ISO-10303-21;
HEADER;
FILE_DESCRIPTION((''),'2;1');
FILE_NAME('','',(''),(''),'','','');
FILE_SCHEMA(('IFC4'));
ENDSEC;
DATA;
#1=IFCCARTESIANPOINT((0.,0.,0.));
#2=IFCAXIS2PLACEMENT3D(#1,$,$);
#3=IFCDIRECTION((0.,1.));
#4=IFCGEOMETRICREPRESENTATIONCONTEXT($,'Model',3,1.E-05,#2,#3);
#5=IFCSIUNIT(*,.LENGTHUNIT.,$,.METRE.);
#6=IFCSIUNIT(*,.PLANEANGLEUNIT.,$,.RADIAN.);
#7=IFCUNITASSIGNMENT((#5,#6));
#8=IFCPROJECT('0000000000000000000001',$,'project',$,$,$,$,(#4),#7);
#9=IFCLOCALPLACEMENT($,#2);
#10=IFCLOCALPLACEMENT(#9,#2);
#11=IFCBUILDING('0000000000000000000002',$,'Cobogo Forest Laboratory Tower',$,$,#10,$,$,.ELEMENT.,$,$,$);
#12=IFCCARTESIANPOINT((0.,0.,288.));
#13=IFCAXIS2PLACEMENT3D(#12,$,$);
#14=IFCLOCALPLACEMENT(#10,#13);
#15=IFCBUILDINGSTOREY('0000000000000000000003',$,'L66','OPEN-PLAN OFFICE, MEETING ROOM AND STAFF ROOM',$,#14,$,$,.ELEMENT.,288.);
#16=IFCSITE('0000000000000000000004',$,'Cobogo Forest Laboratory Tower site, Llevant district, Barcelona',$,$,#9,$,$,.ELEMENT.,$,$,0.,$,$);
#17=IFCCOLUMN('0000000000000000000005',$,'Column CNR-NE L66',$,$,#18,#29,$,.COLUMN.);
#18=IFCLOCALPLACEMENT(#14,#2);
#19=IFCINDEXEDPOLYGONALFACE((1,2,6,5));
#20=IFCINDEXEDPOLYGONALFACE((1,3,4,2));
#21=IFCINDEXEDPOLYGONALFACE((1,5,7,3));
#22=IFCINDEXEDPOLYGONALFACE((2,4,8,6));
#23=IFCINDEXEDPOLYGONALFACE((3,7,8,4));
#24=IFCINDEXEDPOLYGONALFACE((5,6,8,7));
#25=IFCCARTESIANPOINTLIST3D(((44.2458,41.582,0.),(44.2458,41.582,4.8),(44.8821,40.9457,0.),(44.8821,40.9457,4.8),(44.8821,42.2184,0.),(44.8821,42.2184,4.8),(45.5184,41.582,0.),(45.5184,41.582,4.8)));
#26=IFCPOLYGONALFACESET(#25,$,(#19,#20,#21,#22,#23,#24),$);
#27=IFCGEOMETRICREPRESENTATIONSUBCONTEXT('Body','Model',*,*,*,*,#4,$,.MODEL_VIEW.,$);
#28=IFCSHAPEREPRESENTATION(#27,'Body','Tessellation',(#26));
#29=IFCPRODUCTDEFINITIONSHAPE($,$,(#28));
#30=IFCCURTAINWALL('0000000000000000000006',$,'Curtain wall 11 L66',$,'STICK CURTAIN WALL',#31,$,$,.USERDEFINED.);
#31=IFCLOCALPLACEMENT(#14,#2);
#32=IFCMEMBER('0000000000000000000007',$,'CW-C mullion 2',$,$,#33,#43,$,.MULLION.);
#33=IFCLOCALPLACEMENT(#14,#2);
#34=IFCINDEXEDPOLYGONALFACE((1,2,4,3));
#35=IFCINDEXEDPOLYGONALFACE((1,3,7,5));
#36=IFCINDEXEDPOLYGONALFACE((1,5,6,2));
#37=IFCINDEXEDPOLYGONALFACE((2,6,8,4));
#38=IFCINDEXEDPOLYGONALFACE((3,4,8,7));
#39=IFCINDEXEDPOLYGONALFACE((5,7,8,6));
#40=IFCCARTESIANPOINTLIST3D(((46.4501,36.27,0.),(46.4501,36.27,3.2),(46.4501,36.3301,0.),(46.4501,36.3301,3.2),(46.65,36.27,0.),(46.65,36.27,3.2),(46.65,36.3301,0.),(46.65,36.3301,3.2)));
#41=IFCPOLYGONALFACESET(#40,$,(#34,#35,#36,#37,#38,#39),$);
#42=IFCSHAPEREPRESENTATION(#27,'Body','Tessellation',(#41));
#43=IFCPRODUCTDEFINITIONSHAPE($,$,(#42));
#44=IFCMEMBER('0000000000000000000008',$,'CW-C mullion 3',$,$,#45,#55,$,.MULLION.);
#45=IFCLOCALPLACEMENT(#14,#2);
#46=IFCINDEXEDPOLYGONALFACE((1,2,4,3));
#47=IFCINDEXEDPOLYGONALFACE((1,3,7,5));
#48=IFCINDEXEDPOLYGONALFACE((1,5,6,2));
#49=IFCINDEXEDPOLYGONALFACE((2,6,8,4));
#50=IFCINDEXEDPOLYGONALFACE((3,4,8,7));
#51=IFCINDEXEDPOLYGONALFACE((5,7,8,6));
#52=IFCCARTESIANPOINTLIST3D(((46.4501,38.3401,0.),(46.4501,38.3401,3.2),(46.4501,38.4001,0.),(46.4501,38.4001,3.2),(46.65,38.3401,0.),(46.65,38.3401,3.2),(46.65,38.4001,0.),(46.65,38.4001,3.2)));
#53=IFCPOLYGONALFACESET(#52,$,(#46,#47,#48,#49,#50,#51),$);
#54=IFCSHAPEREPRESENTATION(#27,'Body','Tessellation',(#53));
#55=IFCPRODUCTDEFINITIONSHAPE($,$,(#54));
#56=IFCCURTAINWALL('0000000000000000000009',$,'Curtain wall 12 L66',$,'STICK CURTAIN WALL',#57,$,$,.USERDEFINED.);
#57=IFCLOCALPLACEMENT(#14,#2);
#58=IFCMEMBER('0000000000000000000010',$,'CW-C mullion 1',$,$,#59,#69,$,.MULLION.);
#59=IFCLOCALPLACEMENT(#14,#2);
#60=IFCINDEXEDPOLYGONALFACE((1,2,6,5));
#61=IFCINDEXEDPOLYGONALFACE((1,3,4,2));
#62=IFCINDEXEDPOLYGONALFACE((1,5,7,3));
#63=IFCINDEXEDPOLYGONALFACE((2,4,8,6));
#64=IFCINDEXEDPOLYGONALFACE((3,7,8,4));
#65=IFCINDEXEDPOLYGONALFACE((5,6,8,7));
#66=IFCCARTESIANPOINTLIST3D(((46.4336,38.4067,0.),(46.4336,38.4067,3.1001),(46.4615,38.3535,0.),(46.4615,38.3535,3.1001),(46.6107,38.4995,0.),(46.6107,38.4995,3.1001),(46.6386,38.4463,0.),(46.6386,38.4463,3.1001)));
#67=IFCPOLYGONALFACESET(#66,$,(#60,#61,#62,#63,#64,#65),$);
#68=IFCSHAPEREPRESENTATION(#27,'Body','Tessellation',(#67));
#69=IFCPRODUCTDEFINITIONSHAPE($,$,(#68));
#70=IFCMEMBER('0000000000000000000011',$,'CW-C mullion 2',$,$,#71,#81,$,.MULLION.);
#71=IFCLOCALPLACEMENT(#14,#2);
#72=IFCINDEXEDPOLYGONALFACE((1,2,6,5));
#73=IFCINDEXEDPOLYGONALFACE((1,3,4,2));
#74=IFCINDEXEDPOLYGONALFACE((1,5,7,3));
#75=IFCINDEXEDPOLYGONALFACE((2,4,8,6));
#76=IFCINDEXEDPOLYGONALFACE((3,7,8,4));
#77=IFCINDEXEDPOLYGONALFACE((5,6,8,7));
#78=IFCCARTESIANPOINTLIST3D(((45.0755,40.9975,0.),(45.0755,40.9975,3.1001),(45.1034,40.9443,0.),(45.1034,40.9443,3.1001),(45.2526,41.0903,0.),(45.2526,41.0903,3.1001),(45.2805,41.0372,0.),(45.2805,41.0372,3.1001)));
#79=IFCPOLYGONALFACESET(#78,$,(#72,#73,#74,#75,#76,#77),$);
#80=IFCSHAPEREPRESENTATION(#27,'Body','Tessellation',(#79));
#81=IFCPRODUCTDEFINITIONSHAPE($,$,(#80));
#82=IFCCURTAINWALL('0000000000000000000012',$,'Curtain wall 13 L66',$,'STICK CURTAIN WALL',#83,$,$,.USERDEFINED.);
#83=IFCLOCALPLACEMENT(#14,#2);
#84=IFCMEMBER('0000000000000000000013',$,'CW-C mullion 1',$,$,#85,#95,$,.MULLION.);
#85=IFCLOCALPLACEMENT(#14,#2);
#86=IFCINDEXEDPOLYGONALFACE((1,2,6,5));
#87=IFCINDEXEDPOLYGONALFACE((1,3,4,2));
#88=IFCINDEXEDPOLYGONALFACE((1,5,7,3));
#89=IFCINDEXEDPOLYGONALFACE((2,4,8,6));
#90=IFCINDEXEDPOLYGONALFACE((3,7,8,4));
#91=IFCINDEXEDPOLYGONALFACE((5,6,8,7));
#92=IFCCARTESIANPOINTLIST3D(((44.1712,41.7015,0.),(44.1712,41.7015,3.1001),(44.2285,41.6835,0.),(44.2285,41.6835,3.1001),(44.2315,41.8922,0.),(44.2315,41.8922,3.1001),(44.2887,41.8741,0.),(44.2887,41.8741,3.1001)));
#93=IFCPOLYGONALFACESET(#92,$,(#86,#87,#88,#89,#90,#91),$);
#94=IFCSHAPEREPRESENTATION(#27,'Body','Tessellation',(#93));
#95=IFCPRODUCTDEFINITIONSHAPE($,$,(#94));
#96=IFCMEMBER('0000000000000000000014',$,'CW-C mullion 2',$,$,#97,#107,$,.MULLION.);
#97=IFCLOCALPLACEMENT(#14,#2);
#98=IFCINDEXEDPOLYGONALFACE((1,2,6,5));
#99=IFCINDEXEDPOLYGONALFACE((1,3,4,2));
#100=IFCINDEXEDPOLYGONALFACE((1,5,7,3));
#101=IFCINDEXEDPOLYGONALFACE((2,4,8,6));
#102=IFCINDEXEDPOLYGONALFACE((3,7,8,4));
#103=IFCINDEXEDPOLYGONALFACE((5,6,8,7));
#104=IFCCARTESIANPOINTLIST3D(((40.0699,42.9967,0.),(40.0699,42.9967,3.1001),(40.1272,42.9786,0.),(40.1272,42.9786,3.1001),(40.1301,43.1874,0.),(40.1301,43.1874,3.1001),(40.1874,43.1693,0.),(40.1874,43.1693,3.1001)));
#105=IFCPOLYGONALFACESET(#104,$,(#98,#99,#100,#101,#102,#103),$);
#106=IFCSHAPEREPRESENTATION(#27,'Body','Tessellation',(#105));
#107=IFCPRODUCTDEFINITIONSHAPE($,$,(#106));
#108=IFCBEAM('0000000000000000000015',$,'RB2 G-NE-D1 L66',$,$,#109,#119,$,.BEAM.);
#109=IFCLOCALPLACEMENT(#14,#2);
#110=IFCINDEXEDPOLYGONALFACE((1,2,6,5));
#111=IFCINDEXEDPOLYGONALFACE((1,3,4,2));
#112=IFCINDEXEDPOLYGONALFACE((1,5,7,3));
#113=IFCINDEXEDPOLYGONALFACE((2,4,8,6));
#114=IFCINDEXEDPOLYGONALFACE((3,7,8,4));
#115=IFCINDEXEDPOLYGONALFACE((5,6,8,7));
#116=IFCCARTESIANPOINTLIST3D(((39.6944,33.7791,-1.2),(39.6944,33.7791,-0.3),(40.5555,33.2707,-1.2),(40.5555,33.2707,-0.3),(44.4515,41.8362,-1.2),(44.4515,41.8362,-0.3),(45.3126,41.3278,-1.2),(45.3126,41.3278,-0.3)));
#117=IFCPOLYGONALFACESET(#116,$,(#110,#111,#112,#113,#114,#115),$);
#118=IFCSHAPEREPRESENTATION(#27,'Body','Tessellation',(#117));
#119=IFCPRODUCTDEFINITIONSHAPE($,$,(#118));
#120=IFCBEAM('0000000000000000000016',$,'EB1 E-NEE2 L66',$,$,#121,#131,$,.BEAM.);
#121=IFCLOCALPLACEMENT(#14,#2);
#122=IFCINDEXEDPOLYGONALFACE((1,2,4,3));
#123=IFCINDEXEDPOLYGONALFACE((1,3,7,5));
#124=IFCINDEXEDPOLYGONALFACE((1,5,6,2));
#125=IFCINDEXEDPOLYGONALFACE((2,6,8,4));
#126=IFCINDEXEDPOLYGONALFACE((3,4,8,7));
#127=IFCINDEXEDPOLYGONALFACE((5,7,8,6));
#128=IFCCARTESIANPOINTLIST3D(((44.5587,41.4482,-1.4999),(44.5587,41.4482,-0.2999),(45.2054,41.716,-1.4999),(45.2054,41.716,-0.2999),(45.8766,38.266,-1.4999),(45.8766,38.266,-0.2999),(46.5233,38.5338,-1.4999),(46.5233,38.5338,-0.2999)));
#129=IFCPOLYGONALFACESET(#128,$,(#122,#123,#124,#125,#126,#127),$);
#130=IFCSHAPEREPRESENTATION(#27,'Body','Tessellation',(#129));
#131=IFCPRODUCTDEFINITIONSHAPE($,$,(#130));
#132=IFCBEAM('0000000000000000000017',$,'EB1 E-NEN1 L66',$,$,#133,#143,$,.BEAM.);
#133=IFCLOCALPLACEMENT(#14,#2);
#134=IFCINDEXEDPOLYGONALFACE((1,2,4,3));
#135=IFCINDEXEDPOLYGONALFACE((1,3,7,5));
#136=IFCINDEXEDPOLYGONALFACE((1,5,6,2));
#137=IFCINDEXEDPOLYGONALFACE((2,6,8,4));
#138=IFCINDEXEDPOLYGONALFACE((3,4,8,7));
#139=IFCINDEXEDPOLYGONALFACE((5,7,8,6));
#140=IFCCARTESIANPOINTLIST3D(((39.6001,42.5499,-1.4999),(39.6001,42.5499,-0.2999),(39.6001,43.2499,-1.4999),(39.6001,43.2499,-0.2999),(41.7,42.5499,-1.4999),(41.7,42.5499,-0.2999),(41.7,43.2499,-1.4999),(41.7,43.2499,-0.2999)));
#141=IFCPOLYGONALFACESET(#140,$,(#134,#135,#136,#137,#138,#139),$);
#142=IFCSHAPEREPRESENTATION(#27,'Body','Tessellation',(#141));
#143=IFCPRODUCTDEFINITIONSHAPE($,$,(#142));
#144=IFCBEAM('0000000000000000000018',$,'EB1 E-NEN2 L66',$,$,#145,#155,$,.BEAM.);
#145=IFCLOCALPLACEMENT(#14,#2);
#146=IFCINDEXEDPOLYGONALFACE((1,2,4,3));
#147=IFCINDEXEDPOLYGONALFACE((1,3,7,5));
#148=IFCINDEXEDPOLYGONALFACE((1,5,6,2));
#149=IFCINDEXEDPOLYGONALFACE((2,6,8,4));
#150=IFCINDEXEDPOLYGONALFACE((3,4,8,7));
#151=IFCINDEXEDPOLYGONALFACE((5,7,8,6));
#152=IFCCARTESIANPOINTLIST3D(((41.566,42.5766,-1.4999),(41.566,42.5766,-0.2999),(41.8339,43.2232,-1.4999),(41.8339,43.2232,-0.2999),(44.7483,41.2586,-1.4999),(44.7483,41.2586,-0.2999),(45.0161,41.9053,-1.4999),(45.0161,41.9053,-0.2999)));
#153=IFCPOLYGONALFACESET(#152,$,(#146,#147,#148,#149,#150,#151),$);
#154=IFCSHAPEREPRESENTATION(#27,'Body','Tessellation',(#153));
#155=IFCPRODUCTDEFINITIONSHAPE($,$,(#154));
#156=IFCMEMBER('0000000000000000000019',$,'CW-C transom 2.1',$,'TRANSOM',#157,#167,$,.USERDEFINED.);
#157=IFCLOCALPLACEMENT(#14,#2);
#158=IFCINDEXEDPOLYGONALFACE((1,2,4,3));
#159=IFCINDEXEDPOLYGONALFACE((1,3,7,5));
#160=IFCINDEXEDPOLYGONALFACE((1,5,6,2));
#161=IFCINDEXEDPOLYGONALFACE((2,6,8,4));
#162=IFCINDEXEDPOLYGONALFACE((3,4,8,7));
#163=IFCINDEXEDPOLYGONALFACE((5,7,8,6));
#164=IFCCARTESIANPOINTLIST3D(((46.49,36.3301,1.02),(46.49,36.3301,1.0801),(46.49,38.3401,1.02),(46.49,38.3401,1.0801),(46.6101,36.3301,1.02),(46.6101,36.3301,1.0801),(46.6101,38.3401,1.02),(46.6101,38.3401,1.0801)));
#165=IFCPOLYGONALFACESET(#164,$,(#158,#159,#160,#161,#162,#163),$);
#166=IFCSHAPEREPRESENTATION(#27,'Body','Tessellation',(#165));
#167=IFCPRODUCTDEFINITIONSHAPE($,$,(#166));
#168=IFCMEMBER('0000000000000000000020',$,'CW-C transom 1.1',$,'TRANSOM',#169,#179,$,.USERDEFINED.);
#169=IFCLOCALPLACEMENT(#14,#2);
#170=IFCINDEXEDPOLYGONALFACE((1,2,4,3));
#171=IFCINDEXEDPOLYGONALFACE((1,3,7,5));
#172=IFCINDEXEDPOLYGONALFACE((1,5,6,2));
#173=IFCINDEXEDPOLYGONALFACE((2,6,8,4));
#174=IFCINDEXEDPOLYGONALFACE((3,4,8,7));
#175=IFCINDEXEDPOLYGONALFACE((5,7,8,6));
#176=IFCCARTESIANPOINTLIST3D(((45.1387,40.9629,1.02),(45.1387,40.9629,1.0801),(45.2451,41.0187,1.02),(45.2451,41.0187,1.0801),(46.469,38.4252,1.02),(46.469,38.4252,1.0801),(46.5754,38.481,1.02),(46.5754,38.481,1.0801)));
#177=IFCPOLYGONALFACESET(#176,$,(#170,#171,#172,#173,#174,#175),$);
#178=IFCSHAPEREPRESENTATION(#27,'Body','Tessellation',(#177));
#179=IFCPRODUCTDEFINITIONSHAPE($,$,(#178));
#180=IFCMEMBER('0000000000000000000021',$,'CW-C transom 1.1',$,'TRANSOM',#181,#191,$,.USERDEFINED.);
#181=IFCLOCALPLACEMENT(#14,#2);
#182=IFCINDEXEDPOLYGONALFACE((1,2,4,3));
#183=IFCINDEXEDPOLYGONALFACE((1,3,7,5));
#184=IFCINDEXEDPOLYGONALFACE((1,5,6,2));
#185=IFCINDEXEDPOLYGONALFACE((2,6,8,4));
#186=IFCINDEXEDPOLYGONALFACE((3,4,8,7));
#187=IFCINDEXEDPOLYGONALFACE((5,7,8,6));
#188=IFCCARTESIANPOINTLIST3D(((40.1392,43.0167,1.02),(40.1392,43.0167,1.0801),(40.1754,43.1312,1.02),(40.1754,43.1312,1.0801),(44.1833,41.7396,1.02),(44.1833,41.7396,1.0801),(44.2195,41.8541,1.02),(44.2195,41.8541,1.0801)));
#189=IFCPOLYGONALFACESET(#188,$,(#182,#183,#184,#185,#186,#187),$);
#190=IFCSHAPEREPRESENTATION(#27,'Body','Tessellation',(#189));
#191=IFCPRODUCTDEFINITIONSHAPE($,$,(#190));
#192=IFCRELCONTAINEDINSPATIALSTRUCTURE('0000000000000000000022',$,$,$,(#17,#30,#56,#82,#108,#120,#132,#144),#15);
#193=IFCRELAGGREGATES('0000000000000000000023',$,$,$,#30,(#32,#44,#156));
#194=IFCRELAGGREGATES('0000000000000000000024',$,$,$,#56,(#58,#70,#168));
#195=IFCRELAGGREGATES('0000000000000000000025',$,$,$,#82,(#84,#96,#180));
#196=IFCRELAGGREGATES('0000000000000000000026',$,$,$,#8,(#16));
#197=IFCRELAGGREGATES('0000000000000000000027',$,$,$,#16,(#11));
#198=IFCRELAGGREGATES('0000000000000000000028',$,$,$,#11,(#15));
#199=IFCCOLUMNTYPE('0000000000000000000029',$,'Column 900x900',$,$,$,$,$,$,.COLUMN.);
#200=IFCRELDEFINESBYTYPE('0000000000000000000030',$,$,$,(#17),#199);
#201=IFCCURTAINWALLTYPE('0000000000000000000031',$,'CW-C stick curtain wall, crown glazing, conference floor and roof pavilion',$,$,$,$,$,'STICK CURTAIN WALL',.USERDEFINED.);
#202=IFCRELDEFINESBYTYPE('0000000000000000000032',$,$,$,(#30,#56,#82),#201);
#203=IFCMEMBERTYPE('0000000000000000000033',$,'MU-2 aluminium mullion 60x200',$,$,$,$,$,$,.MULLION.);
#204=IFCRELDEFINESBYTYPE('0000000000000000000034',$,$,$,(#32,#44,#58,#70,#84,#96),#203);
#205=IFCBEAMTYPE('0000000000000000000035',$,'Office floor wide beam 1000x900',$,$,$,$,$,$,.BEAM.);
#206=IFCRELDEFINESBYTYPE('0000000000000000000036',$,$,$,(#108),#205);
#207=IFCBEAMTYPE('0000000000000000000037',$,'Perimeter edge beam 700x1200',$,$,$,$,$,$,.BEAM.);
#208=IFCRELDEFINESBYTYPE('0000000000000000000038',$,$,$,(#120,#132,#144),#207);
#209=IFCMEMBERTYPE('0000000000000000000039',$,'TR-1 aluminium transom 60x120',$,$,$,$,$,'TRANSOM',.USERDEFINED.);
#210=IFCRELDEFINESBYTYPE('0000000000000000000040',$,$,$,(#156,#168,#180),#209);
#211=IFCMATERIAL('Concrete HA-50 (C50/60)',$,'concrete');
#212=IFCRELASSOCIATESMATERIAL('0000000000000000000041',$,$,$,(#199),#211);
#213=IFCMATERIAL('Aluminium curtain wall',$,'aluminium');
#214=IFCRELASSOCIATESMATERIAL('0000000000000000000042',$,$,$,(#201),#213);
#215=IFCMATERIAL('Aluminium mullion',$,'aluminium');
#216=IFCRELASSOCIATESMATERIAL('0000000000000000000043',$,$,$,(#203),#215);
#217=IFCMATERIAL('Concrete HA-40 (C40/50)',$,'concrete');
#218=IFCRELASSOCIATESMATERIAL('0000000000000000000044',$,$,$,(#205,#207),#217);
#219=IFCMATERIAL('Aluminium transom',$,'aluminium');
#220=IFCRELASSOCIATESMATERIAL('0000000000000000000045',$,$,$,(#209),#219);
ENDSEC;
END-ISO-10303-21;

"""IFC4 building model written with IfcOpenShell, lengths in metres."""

from ifc_helpers import new_model, si_unit, direction, frame, origin, origin_2d, place, context, subcontext, project, spatial, rectangle, extrude, material, material_profile, profile_set, type_object, element, aggregate, save


model = new_model("IFC4")

# Units and contexts
model_context = context("Model", 3, precision=1e-05, world=origin(), true_north=direction((0.0, 1.0)))
body_context = subcontext(model_context, "Body", "Model", "MODEL_VIEW")
ifc_project = project(units=[si_unit("LENGTHUNIT", "METRE"), si_unit("PLANEANGLEUNIT", "RADIAN")], contexts=[model_context])

# Site, building, storey
site_placement = place(None, origin())
site = spatial("IfcSite", under=ifc_project, at=site_placement, Name="Cobogo Forest Laboratory Tower site, Llevant district, Barcelona", CompositionType="ELEMENT", RefElevation=0.0)
building_placement = place(site_placement, origin())
building = spatial("IfcBuilding", under=site, at=building_placement, Name="Cobogo Forest Laboratory Tower", CompositionType="ELEMENT")
storey_placement = place(building_placement, frame((0.0, 0.0, 288.0)))
storey = spatial("IfcBuildingStorey", under=building, at=storey_placement, Name="L66", Description="OPEN-PLAN OFFICE, MEETING ROOM AND STAFF ROOM", CompositionType="ELEMENT", Elevation=288.0)

# Column
ifc_material_1 = material(Name="Concrete HA-50 (C50/60)", Category="concrete")
ifc_material_profile_1 = material_profile(ifc_material_1, rectangle(XDim=0.8999, YDim=0.8999, at=origin_2d()), Name="RC 900x900")
ifc_profile_set_1 = profile_set([ifc_material_profile_1], Name="Concrete HA-50 (C50/60)")
column_type = type_object("IfcColumnType", Name="Column 900x900", PredefinedType="COLUMN", material=ifc_profile_set_1)
column_placement = place(storey_placement, frame((44.8821, 41.582, 0.0), z_axis=(0.0, 0.0, 1.0), x_axis=(0.707107, 0.707107, 0.0)))
element("IfcColumn", 1, at=column_placement, inside=storey, type_object=column_type, Name="Column CNR-NE L66", PredefinedType="COLUMN", context=body_context, shape_type="SweptSolid", body=[
    extrude(rectangle(XDim=0.8999, YDim=0.8999, at=origin_2d()), origin(), (0.0, 0.0, 1.0), 4.8),
])

# Curtain walls, members
ifc_material_2 = material(Name="Aluminium curtain wall", Category="aluminium")
curtain_wall_type = type_object("IfcCurtainWallType", Name="CW-C stick curtain wall, crown glazing, conference floor and roof pavilion", ElementType="STICK CURTAIN WALL", PredefinedType="USERDEFINED", material=ifc_material_2)
curtain_wall_1_placement = place(storey_placement, origin())
curtain_wall_1 = element("IfcCurtainWall", 2, at=curtain_wall_1_placement, inside=storey, type_object=curtain_wall_type, Name="Curtain wall 11 L66", ObjectType="STICK CURTAIN WALL", PredefinedType="USERDEFINED")
ifc_material_3 = material(Name="Aluminium mullion", Category="aluminium")
ifc_material_profile_2 = material_profile(ifc_material_3, rectangle(XDim=0.0601, YDim=0.2, at=origin_2d()), Name="AL 60x200")
ifc_profile_set_2 = profile_set([ifc_material_profile_2], Name="Aluminium mullion")
member_type_1 = type_object("IfcMemberType", Name="MU-2 aluminium mullion 60x200", PredefinedType="MULLION", material=ifc_profile_set_2)
member_1_placement = place(storey_placement, frame((46.55, 36.3, 0.0), z_axis=(0.0, 0.0, 1.0), x_axis=(0.0, 1.0, 0.0)))
member_1 = element("IfcMember", 3, at=member_1_placement, type_object=member_type_1, Name="CW-C mullion 2", PredefinedType="MULLION", context=body_context, shape_type="SweptSolid", body=[
    extrude(rectangle(XDim=0.0601, YDim=0.2, at=origin_2d()), origin(), (0.0, 0.0, 1.0), 3.2),
])
member_2_placement = place(storey_placement, frame((46.55, 38.3701, 0.0), z_axis=(0.0, 0.0, 1.0), x_axis=(0.0, 1.0, 0.0)))
member_2 = element("IfcMember", 4, at=member_2_placement, type_object=member_type_1, Name="CW-C mullion 3", PredefinedType="MULLION", context=body_context, shape_type="SweptSolid", body=[
    extrude(rectangle(XDim=0.0601, YDim=0.2, at=origin_2d()), origin(), (0.0, 0.0, 1.0), 3.2),
])
curtain_wall_2_placement = place(storey_placement, origin())
curtain_wall_2 = element("IfcCurtainWall", 5, at=curtain_wall_2_placement, inside=storey, type_object=curtain_wall_type, Name="Curtain wall 12 L66", ObjectType="STICK CURTAIN WALL", PredefinedType="USERDEFINED")
member_3_placement = place(storey_placement, frame((46.5361, 38.4265, 0.0), z_axis=(0.0, 0.0, 1.0), x_axis=(-0.464284, 0.885686, 0.0)))
member_3 = element("IfcMember", 6, at=member_3_placement, type_object=member_type_1, Name="CW-C mullion 1", PredefinedType="MULLION", context=body_context, shape_type="SweptSolid", body=[
    extrude(rectangle(XDim=0.0601, YDim=0.2, at=origin_2d()), origin(), (0.0, 0.0, 1.0), 3.1001),
])
member_4_placement = place(storey_placement, frame((45.178, 41.0173, 0.0), z_axis=(0.0, 0.0, 1.0), x_axis=(-0.464284, 0.885686, 0.0)))
member_4 = element("IfcMember", 7, at=member_4_placement, type_object=member_type_1, Name="CW-C mullion 2", PredefinedType="MULLION", context=body_context, shape_type="SweptSolid", body=[
    extrude(rectangle(XDim=0.0601, YDim=0.2, at=origin_2d()), origin(), (0.0, 0.0, 1.0), 3.1001),
])
curtain_wall_3_placement = place(storey_placement, origin())
curtain_wall_3 = element("IfcCurtainWall", 8, at=curtain_wall_3_placement, inside=storey, type_object=curtain_wall_type, Name="Curtain wall 13 L66", ObjectType="STICK CURTAIN WALL", PredefinedType="USERDEFINED")
member_5_placement = place(storey_placement, frame((44.23, 41.7878, 0.0), z_axis=(0.0, 0.0, 1.0), x_axis=(-0.953581, 0.301135, 0.0)))
member_5 = element("IfcMember", 9, at=member_5_placement, type_object=member_type_1, Name="CW-C mullion 1", PredefinedType="MULLION", context=body_context, shape_type="SweptSolid", body=[
    extrude(rectangle(XDim=0.0601, YDim=0.2, at=origin_2d()), origin(), (0.0, 0.0, 1.0), 3.1001),
])
member_6_placement = place(storey_placement, frame((40.1287, 43.083, 0.0), z_axis=(0.0, 0.0, 1.0), x_axis=(-0.953581, 0.301135, 0.0)))
member_6 = element("IfcMember", 10, at=member_6_placement, type_object=member_type_1, Name="CW-C mullion 2", PredefinedType="MULLION", context=body_context, shape_type="SweptSolid", body=[
    extrude(rectangle(XDim=0.0601, YDim=0.2, at=origin_2d()), origin(), (0.0, 0.0, 1.0), 3.1001),
])

# Beams
ifc_material_4 = material(Name="Concrete HA-40 (C40/50)", Category="concrete")
ifc_material_profile_3 = material_profile(ifc_material_4, rectangle(XDim=1.0, YDim=0.8999, at=origin_2d()), Name="RC 1000x900")
ifc_profile_set_3 = profile_set([ifc_material_profile_3], Name="Concrete HA-40 (C40/50)")
beam_type_1 = type_object("IfcBeamType", Name="Office floor wide beam 1000x900", PredefinedType="BEAM", material=ifc_profile_set_3)
beam_1_placement = place(storey_placement, frame((44.8821, 41.582, -0.75), z_axis=(-0.508416, -0.861111, 0.0), x_axis=(0.861111, -0.508416, 0.0)))
element("IfcBeam", 11, at=beam_1_placement, inside=storey, type_object=beam_type_1, Name="RB2 G-NE-D1 L66", PredefinedType="BEAM", context=body_context, shape_type="SweptSolid", body=[
    extrude(rectangle(XDim=1.0, YDim=0.8999, at=origin_2d()), origin(), (0.0, 0.0, 1.0), 9.3567),
])
ifc_material_profile_4 = material_profile(ifc_material_4, rectangle(XDim=0.7, YDim=1.2, at=origin_2d()), Name="RC 700x1200")
ifc_profile_set_4 = profile_set([ifc_material_profile_4], Name="Concrete HA-40 (C40/50)")
beam_type_2 = type_object("IfcBeamType", Name="Perimeter edge beam 700x1200", PredefinedType="BEAM", material=ifc_profile_set_4)
beam_2_placement = place(storey_placement, frame((46.2, 38.3999, -0.8999), z_axis=(-0.382631, 0.923901, 0.0), x_axis=(-0.923901, -0.382631, 0.0)))
element("IfcBeam", 12, at=beam_2_placement, inside=storey, type_object=beam_type_2, Name="EB1 E-NEE2 L66", PredefinedType="BEAM", context=body_context, shape_type="SweptSolid", body=[
    extrude(rectangle(XDim=0.7, YDim=1.2, at=origin_2d()), origin(), (0.0, 0.0, 1.0), 3.4443),
])
beam_3_placement = place(storey_placement, frame((39.6001, 42.8999, -0.8999), z_axis=(1.0, 0.0, 0.0), x_axis=(0.0, 1.0, 0.0)))
element("IfcBeam", 13, at=beam_3_placement, inside=storey, type_object=beam_type_2, Name="EB1 E-NEN1 L66", PredefinedType="BEAM", context=body_context, shape_type="SweptSolid", body=[
    extrude(rectangle(XDim=0.7, YDim=1.2, at=origin_2d()), origin(), (0.0, 0.0, 1.0), 2.0999),
])
beam_4_placement = place(storey_placement, frame((41.7, 42.8999, -0.8999), z_axis=(0.923901, -0.382631, 0.0), x_axis=(0.382631, 0.923901, 0.0)))
element("IfcBeam", 14, at=beam_4_placement, inside=storey, type_object=beam_type_2, Name="EB1 E-NEN2 L66", PredefinedType="BEAM", context=body_context, shape_type="SweptSolid", body=[
    extrude(rectangle(XDim=0.7, YDim=1.2, at=origin_2d()), origin(), (0.0, 0.0, 1.0), 3.4443),
])

# Members
ifc_material_5 = material(Name="Aluminium transom", Category="aluminium")
ifc_material_profile_5 = material_profile(ifc_material_5, rectangle(XDim=0.1201, YDim=0.0601, at=origin_2d()), Name="AL 60x120")
ifc_profile_set_5 = profile_set([ifc_material_profile_5], Name="Aluminium transom")
member_type_2 = type_object("IfcMemberType", Name="TR-1 aluminium transom 60x120", ElementType="TRANSOM", PredefinedType="USERDEFINED", material=ifc_profile_set_5)
member_7_placement = place(storey_placement, frame((46.55, 36.3301, 1.05), z_axis=(0.0, 1.0, 0.0), x_axis=(-1.0, 0.0, 0.0)))
member_7 = element("IfcMember", 15, at=member_7_placement, type_object=member_type_2, Name="CW-C transom 2.1", ObjectType="TRANSOM", PredefinedType="USERDEFINED", context=body_context, shape_type="SweptSolid", body=[
    extrude(rectangle(XDim=0.1201, YDim=0.0601, at=origin_2d()), origin(), (0.0, 0.0, 1.0), 2.01),
])
member_8_placement = place(storey_placement, frame((46.5222, 38.4531, 1.05), z_axis=(-0.464309, 0.885673, 0.0), x_axis=(-0.885673, -0.464309, 0.0)))
member_8 = element("IfcMember", 16, at=member_8_placement, type_object=member_type_2, Name="CW-C transom 1.1", ObjectType="TRANSOM", PredefinedType="USERDEFINED", context=body_context, shape_type="SweptSolid", body=[
    extrude(rectangle(XDim=0.1201, YDim=0.0601, at=origin_2d()), origin(), (0.0, 0.0, 1.0), 2.8652),
])
member_9_placement = place(storey_placement, frame((44.2014, 41.7969, 1.05), z_axis=(-0.953584, 0.301129, 0.0), x_axis=(-0.301129, -0.953584, 0.0)))
member_9 = element("IfcMember", 17, at=member_9_placement, type_object=member_type_2, Name="CW-C transom 1.1", ObjectType="TRANSOM", PredefinedType="USERDEFINED", context=body_context, shape_type="SweptSolid", body=[
    extrude(rectangle(XDim=0.1201, YDim=0.0601, at=origin_2d()), origin(), (0.0, 0.0, 1.0), 4.241),
])

aggregate(curtain_wall_1, [member_1, member_2, member_7])
aggregate(curtain_wall_2, [member_3, member_4, member_8])
aggregate(curtain_wall_3, [member_5, member_6, member_9])

save(model, "model.ifc")
